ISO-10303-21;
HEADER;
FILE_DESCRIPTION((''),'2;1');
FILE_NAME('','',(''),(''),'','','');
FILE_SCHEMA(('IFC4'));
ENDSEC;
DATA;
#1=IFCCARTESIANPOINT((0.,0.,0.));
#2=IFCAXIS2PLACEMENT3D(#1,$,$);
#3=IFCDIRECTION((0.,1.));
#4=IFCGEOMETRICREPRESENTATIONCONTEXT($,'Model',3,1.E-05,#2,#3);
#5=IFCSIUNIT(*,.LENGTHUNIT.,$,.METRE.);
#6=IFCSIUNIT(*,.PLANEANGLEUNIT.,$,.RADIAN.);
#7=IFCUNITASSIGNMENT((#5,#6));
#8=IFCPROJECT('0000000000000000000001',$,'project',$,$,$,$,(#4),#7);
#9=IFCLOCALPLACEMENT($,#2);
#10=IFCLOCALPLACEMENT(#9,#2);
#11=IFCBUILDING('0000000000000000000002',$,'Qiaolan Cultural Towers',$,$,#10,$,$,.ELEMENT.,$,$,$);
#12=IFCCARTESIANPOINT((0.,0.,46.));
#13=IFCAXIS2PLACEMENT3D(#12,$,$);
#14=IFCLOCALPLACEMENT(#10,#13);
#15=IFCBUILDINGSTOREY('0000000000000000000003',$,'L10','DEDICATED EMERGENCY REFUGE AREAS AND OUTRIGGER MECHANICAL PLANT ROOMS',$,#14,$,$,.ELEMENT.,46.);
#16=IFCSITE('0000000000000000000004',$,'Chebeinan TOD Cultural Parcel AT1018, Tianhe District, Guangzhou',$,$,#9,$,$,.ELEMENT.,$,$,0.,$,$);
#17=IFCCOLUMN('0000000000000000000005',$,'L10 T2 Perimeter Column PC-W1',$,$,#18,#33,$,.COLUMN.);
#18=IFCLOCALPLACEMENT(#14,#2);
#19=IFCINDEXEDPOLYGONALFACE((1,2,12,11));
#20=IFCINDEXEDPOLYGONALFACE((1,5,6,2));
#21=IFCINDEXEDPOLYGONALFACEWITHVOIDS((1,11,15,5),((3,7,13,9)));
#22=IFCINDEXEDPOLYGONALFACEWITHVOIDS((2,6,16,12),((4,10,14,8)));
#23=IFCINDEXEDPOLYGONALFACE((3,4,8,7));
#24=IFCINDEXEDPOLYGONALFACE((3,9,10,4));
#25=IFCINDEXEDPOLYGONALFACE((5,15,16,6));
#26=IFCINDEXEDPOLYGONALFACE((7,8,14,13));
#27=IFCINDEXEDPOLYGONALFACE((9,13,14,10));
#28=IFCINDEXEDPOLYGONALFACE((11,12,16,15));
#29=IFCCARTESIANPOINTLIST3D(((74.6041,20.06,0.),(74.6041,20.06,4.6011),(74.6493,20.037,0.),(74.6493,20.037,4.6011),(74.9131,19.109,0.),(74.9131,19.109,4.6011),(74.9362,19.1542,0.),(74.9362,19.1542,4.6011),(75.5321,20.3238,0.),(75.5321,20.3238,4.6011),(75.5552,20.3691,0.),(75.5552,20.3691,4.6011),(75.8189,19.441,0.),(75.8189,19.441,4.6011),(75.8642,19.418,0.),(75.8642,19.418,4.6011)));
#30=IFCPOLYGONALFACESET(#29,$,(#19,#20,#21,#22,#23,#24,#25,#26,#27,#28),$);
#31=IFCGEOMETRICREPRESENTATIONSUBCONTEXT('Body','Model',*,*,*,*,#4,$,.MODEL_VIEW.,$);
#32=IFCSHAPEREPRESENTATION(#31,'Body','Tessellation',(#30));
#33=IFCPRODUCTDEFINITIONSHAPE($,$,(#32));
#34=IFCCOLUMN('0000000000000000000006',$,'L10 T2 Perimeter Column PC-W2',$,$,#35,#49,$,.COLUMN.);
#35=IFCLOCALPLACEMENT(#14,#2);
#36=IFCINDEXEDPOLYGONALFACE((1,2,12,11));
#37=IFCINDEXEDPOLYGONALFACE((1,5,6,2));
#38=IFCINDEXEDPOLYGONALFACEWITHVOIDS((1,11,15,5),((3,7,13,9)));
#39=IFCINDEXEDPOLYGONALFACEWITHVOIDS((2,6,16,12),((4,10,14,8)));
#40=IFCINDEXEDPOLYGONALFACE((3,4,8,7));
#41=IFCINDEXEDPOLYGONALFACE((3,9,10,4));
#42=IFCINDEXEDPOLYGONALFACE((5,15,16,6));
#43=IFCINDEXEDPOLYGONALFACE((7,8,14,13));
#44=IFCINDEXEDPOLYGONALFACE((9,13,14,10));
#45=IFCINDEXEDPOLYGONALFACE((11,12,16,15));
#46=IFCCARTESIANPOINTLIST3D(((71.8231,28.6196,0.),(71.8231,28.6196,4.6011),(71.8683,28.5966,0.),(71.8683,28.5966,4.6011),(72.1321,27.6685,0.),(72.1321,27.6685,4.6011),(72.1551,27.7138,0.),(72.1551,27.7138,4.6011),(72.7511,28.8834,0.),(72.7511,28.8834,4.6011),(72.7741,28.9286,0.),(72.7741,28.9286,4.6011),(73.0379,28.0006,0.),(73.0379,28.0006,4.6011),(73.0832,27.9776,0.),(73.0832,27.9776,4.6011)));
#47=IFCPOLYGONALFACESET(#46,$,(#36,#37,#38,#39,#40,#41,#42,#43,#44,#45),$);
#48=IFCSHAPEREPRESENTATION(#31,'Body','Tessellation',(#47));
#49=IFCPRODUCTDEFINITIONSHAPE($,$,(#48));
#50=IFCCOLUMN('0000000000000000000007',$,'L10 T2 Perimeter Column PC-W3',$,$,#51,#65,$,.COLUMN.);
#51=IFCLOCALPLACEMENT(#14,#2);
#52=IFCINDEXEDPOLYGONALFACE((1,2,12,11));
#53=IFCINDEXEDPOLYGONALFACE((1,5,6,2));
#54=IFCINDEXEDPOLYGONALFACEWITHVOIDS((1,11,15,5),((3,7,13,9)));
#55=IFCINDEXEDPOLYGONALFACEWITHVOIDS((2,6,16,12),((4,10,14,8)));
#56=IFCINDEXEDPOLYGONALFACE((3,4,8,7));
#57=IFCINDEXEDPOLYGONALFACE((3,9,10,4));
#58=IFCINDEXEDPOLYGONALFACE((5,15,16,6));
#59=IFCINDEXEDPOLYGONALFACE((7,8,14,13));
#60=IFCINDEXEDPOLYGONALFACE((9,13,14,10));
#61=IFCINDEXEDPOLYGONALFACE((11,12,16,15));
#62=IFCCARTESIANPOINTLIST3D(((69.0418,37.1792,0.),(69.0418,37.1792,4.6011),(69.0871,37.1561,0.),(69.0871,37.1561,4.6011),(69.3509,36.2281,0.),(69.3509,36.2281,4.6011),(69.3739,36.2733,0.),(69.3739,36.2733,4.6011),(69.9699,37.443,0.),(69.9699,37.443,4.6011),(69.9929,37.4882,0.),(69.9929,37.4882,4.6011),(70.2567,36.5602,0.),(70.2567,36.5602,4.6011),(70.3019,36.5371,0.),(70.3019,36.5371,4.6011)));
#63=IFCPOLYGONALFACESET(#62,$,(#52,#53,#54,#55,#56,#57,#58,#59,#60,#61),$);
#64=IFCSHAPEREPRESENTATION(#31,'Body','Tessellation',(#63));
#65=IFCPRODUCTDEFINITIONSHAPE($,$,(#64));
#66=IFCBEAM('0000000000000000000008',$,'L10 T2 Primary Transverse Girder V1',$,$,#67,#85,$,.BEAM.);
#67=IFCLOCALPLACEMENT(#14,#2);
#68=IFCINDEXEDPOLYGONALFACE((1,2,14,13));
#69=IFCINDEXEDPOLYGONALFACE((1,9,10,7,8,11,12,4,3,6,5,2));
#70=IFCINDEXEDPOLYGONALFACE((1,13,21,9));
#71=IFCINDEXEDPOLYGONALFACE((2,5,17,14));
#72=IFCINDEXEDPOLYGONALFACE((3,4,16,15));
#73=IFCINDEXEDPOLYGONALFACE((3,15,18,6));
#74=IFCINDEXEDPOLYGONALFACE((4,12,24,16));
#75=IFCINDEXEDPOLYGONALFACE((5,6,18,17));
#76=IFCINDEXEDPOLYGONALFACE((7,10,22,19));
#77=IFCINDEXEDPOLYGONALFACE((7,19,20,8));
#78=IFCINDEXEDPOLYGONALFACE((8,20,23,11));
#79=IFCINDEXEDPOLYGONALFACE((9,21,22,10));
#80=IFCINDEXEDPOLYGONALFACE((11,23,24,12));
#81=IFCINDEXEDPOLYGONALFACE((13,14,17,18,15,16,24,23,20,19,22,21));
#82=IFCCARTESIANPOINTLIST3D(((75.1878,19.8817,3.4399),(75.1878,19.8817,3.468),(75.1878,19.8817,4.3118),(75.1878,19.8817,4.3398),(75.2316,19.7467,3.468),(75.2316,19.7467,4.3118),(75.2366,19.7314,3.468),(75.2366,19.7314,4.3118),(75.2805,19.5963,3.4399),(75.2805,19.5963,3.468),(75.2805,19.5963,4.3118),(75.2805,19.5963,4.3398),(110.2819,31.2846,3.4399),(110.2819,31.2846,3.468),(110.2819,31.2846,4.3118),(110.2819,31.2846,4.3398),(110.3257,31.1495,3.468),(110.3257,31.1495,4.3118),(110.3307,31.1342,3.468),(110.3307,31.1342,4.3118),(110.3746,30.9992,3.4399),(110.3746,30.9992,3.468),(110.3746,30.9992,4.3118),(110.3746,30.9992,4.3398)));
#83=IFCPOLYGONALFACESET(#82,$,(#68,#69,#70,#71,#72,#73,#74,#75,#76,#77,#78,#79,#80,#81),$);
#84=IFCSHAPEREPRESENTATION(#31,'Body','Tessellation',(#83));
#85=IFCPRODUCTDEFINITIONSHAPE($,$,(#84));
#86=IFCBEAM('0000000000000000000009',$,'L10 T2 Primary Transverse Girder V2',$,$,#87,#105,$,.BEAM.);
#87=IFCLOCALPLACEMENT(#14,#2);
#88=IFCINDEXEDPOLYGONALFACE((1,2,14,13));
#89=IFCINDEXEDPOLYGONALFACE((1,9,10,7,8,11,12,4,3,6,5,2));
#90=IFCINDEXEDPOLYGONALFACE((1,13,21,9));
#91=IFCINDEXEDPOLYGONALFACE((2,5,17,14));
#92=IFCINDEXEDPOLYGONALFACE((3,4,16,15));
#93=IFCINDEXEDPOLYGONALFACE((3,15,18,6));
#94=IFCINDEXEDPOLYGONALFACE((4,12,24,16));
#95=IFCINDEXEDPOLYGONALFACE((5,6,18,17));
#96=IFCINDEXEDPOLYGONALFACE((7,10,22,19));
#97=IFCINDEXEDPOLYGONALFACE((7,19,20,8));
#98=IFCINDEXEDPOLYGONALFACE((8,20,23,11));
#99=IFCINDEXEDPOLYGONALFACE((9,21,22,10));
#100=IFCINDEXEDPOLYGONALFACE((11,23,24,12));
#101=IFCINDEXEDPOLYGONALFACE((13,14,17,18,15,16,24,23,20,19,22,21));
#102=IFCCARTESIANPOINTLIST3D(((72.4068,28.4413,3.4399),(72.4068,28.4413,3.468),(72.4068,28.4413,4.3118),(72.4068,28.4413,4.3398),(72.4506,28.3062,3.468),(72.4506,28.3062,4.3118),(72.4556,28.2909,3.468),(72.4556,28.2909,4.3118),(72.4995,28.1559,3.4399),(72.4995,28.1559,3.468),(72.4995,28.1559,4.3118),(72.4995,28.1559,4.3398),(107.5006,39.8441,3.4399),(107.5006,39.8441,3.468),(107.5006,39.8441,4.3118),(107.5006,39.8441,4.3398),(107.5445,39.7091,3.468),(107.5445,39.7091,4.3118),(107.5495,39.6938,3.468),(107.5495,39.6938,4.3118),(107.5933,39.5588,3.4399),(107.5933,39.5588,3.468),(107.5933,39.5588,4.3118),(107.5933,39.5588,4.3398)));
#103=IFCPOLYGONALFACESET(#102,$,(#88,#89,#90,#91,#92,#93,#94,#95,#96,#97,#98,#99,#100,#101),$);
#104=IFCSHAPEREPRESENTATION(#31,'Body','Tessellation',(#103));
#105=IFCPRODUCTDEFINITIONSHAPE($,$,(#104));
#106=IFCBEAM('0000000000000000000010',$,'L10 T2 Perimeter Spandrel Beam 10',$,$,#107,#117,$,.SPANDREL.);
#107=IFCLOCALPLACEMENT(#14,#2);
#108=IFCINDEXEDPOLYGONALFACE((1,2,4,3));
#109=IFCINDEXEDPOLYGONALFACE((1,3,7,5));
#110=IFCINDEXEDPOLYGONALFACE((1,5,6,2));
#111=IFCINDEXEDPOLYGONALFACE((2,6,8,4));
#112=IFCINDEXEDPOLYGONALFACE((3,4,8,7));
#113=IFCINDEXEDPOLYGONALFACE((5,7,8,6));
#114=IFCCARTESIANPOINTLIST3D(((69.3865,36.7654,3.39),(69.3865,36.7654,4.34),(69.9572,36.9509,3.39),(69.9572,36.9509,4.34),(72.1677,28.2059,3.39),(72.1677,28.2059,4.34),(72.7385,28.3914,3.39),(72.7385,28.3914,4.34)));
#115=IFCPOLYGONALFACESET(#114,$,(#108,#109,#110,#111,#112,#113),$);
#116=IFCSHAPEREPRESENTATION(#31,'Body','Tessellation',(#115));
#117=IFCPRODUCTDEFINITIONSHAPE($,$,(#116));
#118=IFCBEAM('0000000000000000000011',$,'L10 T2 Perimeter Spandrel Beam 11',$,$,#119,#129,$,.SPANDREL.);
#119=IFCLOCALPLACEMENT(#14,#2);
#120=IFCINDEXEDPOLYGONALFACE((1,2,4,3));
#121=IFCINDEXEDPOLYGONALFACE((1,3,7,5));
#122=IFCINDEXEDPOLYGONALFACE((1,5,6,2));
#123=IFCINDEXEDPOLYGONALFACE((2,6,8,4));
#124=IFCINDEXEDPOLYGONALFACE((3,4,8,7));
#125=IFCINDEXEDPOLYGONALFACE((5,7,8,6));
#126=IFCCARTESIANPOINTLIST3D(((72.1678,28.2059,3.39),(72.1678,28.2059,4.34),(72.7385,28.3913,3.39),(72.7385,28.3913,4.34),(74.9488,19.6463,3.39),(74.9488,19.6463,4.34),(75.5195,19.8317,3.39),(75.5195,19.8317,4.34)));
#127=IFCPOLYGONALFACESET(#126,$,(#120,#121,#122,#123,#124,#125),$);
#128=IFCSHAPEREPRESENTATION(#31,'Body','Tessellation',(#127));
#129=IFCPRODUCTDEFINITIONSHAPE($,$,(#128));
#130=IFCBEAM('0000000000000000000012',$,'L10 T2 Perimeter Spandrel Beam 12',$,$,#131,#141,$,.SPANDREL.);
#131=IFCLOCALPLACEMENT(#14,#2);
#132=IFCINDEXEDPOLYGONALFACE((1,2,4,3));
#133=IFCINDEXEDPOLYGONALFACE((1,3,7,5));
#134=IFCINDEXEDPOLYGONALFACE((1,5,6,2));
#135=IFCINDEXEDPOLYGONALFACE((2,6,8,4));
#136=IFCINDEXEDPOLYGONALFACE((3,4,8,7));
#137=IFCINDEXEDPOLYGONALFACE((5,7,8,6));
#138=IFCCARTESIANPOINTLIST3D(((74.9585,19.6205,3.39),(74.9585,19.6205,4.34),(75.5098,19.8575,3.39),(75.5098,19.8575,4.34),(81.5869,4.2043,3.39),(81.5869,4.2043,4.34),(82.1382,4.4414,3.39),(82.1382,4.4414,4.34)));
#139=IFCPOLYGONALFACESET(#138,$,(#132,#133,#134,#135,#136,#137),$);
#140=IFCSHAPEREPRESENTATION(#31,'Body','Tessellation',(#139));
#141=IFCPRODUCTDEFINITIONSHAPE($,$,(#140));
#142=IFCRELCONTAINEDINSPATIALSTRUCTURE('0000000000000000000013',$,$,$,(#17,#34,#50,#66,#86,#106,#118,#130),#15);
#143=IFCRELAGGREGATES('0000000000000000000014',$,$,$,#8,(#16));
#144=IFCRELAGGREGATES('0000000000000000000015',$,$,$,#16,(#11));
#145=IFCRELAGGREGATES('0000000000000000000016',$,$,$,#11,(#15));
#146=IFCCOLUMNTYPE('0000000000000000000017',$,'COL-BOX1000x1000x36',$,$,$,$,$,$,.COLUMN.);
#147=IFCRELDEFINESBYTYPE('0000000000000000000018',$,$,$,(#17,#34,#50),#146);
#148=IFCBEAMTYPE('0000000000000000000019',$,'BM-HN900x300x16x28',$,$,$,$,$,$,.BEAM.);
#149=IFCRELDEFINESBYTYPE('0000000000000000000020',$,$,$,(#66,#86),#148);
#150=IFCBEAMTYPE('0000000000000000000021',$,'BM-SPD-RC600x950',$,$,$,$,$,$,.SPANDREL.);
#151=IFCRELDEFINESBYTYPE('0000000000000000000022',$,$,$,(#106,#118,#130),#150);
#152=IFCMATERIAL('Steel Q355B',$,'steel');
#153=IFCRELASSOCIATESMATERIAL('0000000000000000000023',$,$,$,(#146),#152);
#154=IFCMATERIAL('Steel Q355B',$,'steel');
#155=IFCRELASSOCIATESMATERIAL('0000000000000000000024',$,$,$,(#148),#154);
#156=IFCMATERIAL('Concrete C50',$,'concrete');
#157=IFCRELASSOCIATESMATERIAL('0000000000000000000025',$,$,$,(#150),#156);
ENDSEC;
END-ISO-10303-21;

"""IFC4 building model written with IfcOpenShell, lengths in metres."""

from ifc_helpers import new_model, si_unit, direction, frame, origin, origin_2d, place, context, subcontext, project, spatial, rectangle, hollow_rectangle, i_section, extrude, material, material_profile, profile_set, type_object, element, save


model = new_model("IFC4")

# Units and contexts
model_context = context("Model", 3, precision=1e-05, world=origin(), true_north=direction((0.0, 1.0)))
body_context = subcontext(model_context, "Body", "Model", "MODEL_VIEW")
ifc_project = project(units=[si_unit("LENGTHUNIT", "METRE"), si_unit("PLANEANGLEUNIT", "RADIAN")], contexts=[model_context])

# Site, building, storey
site_placement = place(None, origin())
site = spatial("IfcSite", under=ifc_project, at=site_placement, Name="Chebeinan TOD Cultural Parcel AT1018, Tianhe District, Guangzhou", CompositionType="ELEMENT", RefElevation=0.0)
building_placement = place(site_placement, origin())
building = spatial("IfcBuilding", under=site, at=building_placement, Name="Qiaolan Cultural Towers", CompositionType="ELEMENT")
storey_placement = place(building_placement, frame((0.0, 0.0, 46.0)))
storey = spatial("IfcBuildingStorey", under=building, at=storey_placement, Name="L10", Description="DEDICATED EMERGENCY REFUGE AREAS AND OUTRIGGER MECHANICAL PLANT ROOMS", CompositionType="ELEMENT", Elevation=46.0)

# Columns
ifc_material_1 = material(Name="Steel Q355B", Category="steel")
ifc_material_profile_1 = material_profile(ifc_material_1, hollow_rectangle(XDim=1.0, YDim=1.0, WallThickness=0.0359, at=origin_2d()), Name="BOX1000x1000x36")
ifc_profile_set_1 = profile_set([ifc_material_profile_1], Name="Steel Q355B")
column_type = type_object("IfcColumnType", Name="COL-BOX1000x1000x36", PredefinedType="COLUMN", material=ifc_profile_set_1)
for number, where, z_axis, x_axis, name in (
    (1, (75.2341, 19.739, 0.0), (0.0, 0.0, 1.0), (0.951057, 0.309017, 0.0), "L10 T2 Perimeter Column PC-W1"),
    (2, (72.4531, 28.2986, 0.0), (0.0, 0.0, 1.0), (0.951057, 0.309017, 0.0), "L10 T2 Perimeter Column PC-W2"),
    (3, (69.6719, 36.8582, 0.0), (0.0, 0.0, 1.0), (0.951057, 0.309017, 0.0), "L10 T2 Perimeter Column PC-W3"),
):
    element("IfcColumn", number, at=place(storey_placement, frame(where, z_axis=z_axis, x_axis=x_axis)), inside=storey, type_object=column_type, Name=name, PredefinedType="COLUMN", context=body_context, shape_type="SweptSolid", body=[
        extrude(hollow_rectangle(XDim=1.0, YDim=1.0, WallThickness=0.0359, at=origin_2d()), origin(), (0.0, 0.0, 1.0), 4.6011),
    ])

# Beams
ifc_material_2 = material(Name="Steel Q355B", Category="steel")
ifc_material_profile_2 = material_profile(ifc_material_2, i_section(OverallWidth=0.3, OverallDepth=0.8999, WebThickness=0.0161, FlangeThickness=0.0281, at=origin_2d()), Name="HN900x300x16x28")
ifc_profile_set_2 = profile_set([ifc_material_profile_2], Name="Steel Q355B")
beam_type_1 = type_object("IfcBeamType", Name="BM-HN900x300x16x28", PredefinedType="BEAM", material=ifc_profile_set_2)
beam_1_placement = place(storey_placement, frame((75.2341, 19.739, 3.8899), z_axis=(0.951056, 0.309019, 0.0), x_axis=(-0.309019, 0.951056, 0.0)))
element("IfcBeam", 4, at=beam_1_placement, inside=storey, type_object=beam_type_1, Name="L10 T2 Primary Transverse Girder V1", PredefinedType="BEAM", context=body_context, shape_type="SweptSolid", body=[
    extrude(i_section(OverallWidth=0.3, OverallDepth=0.8999, WebThickness=0.0161, FlangeThickness=0.0281, at=origin_2d()), origin(), (0.0, 0.0, 1.0), 36.9001),
])
beam_2_placement = place(storey_placement, frame((72.4531, 28.2986, 3.8899), z_axis=(0.951055, 0.309021, 0.0), x_axis=(-0.309021, 0.951055, 0.0)))
element("IfcBeam", 5, at=beam_2_placement, inside=storey, type_object=beam_type_1, Name="L10 T2 Primary Transverse Girder V2", PredefinedType="BEAM", context=body_context, shape_type="SweptSolid", body=[
    extrude(i_section(OverallWidth=0.3, OverallDepth=0.8999, WebThickness=0.0161, FlangeThickness=0.0281, at=origin_2d()), origin(), (0.0, 0.0, 1.0), 36.8999),
])
ifc_material_3 = material(Name="Concrete C50", Category="concrete")
ifc_material_profile_3 = material_profile(ifc_material_3, rectangle(XDim=0.6001, YDim=0.95, at=origin_2d()), Name="RC600x950")
ifc_profile_set_3 = profile_set([ifc_material_profile_3], Name="Concrete C50")
beam_type_2 = type_object("IfcBeamType", Name="BM-SPD-RC600x950", PredefinedType="SPANDREL", material=ifc_profile_set_3)
for number, where, z_axis, x_axis, name in (
    (6, (69.6719, 36.8582, 3.865), (0.309025, -0.951054, 0.0), (0.951054, 0.309025, 0.0), "L10 T2 Perimeter Spandrel Beam 10"),
    (7, (72.4531, 28.2986, 3.865), (0.309, -0.951062, 0.0), (0.951062, 0.309, 0.0), "L10 T2 Perimeter Spandrel Beam 11"),
):
    element("IfcBeam", number, at=place(storey_placement, frame(where, z_axis=z_axis, x_axis=x_axis)), inside=storey, type_object=beam_type_2, Name=name, PredefinedType="SPANDREL", context=body_context, shape_type="SweptSolid", body=[
        extrude(rectangle(XDim=0.6001, YDim=0.95, at=origin_2d()), origin(), (0.0, 0.0, 1.0), 9.0),
    ])
beam_3_placement = place(storey_placement, frame((75.2341, 19.739, 3.865), z_axis=(0.394999, -0.918682, 0.0), x_axis=(0.918682, 0.394999, 0.0)))
element("IfcBeam", 8, at=beam_3_placement, inside=storey, type_object=beam_type_2, Name="L10 T2 Perimeter Spandrel Beam 12", PredefinedType="SPANDREL", context=body_context, shape_type="SweptSolid", body=[
    extrude(rectangle(XDim=0.6001, YDim=0.95, at=origin_2d()), origin(), (0.0, 0.0, 1.0), 16.7808),
])

save(model, "model.ifc")
